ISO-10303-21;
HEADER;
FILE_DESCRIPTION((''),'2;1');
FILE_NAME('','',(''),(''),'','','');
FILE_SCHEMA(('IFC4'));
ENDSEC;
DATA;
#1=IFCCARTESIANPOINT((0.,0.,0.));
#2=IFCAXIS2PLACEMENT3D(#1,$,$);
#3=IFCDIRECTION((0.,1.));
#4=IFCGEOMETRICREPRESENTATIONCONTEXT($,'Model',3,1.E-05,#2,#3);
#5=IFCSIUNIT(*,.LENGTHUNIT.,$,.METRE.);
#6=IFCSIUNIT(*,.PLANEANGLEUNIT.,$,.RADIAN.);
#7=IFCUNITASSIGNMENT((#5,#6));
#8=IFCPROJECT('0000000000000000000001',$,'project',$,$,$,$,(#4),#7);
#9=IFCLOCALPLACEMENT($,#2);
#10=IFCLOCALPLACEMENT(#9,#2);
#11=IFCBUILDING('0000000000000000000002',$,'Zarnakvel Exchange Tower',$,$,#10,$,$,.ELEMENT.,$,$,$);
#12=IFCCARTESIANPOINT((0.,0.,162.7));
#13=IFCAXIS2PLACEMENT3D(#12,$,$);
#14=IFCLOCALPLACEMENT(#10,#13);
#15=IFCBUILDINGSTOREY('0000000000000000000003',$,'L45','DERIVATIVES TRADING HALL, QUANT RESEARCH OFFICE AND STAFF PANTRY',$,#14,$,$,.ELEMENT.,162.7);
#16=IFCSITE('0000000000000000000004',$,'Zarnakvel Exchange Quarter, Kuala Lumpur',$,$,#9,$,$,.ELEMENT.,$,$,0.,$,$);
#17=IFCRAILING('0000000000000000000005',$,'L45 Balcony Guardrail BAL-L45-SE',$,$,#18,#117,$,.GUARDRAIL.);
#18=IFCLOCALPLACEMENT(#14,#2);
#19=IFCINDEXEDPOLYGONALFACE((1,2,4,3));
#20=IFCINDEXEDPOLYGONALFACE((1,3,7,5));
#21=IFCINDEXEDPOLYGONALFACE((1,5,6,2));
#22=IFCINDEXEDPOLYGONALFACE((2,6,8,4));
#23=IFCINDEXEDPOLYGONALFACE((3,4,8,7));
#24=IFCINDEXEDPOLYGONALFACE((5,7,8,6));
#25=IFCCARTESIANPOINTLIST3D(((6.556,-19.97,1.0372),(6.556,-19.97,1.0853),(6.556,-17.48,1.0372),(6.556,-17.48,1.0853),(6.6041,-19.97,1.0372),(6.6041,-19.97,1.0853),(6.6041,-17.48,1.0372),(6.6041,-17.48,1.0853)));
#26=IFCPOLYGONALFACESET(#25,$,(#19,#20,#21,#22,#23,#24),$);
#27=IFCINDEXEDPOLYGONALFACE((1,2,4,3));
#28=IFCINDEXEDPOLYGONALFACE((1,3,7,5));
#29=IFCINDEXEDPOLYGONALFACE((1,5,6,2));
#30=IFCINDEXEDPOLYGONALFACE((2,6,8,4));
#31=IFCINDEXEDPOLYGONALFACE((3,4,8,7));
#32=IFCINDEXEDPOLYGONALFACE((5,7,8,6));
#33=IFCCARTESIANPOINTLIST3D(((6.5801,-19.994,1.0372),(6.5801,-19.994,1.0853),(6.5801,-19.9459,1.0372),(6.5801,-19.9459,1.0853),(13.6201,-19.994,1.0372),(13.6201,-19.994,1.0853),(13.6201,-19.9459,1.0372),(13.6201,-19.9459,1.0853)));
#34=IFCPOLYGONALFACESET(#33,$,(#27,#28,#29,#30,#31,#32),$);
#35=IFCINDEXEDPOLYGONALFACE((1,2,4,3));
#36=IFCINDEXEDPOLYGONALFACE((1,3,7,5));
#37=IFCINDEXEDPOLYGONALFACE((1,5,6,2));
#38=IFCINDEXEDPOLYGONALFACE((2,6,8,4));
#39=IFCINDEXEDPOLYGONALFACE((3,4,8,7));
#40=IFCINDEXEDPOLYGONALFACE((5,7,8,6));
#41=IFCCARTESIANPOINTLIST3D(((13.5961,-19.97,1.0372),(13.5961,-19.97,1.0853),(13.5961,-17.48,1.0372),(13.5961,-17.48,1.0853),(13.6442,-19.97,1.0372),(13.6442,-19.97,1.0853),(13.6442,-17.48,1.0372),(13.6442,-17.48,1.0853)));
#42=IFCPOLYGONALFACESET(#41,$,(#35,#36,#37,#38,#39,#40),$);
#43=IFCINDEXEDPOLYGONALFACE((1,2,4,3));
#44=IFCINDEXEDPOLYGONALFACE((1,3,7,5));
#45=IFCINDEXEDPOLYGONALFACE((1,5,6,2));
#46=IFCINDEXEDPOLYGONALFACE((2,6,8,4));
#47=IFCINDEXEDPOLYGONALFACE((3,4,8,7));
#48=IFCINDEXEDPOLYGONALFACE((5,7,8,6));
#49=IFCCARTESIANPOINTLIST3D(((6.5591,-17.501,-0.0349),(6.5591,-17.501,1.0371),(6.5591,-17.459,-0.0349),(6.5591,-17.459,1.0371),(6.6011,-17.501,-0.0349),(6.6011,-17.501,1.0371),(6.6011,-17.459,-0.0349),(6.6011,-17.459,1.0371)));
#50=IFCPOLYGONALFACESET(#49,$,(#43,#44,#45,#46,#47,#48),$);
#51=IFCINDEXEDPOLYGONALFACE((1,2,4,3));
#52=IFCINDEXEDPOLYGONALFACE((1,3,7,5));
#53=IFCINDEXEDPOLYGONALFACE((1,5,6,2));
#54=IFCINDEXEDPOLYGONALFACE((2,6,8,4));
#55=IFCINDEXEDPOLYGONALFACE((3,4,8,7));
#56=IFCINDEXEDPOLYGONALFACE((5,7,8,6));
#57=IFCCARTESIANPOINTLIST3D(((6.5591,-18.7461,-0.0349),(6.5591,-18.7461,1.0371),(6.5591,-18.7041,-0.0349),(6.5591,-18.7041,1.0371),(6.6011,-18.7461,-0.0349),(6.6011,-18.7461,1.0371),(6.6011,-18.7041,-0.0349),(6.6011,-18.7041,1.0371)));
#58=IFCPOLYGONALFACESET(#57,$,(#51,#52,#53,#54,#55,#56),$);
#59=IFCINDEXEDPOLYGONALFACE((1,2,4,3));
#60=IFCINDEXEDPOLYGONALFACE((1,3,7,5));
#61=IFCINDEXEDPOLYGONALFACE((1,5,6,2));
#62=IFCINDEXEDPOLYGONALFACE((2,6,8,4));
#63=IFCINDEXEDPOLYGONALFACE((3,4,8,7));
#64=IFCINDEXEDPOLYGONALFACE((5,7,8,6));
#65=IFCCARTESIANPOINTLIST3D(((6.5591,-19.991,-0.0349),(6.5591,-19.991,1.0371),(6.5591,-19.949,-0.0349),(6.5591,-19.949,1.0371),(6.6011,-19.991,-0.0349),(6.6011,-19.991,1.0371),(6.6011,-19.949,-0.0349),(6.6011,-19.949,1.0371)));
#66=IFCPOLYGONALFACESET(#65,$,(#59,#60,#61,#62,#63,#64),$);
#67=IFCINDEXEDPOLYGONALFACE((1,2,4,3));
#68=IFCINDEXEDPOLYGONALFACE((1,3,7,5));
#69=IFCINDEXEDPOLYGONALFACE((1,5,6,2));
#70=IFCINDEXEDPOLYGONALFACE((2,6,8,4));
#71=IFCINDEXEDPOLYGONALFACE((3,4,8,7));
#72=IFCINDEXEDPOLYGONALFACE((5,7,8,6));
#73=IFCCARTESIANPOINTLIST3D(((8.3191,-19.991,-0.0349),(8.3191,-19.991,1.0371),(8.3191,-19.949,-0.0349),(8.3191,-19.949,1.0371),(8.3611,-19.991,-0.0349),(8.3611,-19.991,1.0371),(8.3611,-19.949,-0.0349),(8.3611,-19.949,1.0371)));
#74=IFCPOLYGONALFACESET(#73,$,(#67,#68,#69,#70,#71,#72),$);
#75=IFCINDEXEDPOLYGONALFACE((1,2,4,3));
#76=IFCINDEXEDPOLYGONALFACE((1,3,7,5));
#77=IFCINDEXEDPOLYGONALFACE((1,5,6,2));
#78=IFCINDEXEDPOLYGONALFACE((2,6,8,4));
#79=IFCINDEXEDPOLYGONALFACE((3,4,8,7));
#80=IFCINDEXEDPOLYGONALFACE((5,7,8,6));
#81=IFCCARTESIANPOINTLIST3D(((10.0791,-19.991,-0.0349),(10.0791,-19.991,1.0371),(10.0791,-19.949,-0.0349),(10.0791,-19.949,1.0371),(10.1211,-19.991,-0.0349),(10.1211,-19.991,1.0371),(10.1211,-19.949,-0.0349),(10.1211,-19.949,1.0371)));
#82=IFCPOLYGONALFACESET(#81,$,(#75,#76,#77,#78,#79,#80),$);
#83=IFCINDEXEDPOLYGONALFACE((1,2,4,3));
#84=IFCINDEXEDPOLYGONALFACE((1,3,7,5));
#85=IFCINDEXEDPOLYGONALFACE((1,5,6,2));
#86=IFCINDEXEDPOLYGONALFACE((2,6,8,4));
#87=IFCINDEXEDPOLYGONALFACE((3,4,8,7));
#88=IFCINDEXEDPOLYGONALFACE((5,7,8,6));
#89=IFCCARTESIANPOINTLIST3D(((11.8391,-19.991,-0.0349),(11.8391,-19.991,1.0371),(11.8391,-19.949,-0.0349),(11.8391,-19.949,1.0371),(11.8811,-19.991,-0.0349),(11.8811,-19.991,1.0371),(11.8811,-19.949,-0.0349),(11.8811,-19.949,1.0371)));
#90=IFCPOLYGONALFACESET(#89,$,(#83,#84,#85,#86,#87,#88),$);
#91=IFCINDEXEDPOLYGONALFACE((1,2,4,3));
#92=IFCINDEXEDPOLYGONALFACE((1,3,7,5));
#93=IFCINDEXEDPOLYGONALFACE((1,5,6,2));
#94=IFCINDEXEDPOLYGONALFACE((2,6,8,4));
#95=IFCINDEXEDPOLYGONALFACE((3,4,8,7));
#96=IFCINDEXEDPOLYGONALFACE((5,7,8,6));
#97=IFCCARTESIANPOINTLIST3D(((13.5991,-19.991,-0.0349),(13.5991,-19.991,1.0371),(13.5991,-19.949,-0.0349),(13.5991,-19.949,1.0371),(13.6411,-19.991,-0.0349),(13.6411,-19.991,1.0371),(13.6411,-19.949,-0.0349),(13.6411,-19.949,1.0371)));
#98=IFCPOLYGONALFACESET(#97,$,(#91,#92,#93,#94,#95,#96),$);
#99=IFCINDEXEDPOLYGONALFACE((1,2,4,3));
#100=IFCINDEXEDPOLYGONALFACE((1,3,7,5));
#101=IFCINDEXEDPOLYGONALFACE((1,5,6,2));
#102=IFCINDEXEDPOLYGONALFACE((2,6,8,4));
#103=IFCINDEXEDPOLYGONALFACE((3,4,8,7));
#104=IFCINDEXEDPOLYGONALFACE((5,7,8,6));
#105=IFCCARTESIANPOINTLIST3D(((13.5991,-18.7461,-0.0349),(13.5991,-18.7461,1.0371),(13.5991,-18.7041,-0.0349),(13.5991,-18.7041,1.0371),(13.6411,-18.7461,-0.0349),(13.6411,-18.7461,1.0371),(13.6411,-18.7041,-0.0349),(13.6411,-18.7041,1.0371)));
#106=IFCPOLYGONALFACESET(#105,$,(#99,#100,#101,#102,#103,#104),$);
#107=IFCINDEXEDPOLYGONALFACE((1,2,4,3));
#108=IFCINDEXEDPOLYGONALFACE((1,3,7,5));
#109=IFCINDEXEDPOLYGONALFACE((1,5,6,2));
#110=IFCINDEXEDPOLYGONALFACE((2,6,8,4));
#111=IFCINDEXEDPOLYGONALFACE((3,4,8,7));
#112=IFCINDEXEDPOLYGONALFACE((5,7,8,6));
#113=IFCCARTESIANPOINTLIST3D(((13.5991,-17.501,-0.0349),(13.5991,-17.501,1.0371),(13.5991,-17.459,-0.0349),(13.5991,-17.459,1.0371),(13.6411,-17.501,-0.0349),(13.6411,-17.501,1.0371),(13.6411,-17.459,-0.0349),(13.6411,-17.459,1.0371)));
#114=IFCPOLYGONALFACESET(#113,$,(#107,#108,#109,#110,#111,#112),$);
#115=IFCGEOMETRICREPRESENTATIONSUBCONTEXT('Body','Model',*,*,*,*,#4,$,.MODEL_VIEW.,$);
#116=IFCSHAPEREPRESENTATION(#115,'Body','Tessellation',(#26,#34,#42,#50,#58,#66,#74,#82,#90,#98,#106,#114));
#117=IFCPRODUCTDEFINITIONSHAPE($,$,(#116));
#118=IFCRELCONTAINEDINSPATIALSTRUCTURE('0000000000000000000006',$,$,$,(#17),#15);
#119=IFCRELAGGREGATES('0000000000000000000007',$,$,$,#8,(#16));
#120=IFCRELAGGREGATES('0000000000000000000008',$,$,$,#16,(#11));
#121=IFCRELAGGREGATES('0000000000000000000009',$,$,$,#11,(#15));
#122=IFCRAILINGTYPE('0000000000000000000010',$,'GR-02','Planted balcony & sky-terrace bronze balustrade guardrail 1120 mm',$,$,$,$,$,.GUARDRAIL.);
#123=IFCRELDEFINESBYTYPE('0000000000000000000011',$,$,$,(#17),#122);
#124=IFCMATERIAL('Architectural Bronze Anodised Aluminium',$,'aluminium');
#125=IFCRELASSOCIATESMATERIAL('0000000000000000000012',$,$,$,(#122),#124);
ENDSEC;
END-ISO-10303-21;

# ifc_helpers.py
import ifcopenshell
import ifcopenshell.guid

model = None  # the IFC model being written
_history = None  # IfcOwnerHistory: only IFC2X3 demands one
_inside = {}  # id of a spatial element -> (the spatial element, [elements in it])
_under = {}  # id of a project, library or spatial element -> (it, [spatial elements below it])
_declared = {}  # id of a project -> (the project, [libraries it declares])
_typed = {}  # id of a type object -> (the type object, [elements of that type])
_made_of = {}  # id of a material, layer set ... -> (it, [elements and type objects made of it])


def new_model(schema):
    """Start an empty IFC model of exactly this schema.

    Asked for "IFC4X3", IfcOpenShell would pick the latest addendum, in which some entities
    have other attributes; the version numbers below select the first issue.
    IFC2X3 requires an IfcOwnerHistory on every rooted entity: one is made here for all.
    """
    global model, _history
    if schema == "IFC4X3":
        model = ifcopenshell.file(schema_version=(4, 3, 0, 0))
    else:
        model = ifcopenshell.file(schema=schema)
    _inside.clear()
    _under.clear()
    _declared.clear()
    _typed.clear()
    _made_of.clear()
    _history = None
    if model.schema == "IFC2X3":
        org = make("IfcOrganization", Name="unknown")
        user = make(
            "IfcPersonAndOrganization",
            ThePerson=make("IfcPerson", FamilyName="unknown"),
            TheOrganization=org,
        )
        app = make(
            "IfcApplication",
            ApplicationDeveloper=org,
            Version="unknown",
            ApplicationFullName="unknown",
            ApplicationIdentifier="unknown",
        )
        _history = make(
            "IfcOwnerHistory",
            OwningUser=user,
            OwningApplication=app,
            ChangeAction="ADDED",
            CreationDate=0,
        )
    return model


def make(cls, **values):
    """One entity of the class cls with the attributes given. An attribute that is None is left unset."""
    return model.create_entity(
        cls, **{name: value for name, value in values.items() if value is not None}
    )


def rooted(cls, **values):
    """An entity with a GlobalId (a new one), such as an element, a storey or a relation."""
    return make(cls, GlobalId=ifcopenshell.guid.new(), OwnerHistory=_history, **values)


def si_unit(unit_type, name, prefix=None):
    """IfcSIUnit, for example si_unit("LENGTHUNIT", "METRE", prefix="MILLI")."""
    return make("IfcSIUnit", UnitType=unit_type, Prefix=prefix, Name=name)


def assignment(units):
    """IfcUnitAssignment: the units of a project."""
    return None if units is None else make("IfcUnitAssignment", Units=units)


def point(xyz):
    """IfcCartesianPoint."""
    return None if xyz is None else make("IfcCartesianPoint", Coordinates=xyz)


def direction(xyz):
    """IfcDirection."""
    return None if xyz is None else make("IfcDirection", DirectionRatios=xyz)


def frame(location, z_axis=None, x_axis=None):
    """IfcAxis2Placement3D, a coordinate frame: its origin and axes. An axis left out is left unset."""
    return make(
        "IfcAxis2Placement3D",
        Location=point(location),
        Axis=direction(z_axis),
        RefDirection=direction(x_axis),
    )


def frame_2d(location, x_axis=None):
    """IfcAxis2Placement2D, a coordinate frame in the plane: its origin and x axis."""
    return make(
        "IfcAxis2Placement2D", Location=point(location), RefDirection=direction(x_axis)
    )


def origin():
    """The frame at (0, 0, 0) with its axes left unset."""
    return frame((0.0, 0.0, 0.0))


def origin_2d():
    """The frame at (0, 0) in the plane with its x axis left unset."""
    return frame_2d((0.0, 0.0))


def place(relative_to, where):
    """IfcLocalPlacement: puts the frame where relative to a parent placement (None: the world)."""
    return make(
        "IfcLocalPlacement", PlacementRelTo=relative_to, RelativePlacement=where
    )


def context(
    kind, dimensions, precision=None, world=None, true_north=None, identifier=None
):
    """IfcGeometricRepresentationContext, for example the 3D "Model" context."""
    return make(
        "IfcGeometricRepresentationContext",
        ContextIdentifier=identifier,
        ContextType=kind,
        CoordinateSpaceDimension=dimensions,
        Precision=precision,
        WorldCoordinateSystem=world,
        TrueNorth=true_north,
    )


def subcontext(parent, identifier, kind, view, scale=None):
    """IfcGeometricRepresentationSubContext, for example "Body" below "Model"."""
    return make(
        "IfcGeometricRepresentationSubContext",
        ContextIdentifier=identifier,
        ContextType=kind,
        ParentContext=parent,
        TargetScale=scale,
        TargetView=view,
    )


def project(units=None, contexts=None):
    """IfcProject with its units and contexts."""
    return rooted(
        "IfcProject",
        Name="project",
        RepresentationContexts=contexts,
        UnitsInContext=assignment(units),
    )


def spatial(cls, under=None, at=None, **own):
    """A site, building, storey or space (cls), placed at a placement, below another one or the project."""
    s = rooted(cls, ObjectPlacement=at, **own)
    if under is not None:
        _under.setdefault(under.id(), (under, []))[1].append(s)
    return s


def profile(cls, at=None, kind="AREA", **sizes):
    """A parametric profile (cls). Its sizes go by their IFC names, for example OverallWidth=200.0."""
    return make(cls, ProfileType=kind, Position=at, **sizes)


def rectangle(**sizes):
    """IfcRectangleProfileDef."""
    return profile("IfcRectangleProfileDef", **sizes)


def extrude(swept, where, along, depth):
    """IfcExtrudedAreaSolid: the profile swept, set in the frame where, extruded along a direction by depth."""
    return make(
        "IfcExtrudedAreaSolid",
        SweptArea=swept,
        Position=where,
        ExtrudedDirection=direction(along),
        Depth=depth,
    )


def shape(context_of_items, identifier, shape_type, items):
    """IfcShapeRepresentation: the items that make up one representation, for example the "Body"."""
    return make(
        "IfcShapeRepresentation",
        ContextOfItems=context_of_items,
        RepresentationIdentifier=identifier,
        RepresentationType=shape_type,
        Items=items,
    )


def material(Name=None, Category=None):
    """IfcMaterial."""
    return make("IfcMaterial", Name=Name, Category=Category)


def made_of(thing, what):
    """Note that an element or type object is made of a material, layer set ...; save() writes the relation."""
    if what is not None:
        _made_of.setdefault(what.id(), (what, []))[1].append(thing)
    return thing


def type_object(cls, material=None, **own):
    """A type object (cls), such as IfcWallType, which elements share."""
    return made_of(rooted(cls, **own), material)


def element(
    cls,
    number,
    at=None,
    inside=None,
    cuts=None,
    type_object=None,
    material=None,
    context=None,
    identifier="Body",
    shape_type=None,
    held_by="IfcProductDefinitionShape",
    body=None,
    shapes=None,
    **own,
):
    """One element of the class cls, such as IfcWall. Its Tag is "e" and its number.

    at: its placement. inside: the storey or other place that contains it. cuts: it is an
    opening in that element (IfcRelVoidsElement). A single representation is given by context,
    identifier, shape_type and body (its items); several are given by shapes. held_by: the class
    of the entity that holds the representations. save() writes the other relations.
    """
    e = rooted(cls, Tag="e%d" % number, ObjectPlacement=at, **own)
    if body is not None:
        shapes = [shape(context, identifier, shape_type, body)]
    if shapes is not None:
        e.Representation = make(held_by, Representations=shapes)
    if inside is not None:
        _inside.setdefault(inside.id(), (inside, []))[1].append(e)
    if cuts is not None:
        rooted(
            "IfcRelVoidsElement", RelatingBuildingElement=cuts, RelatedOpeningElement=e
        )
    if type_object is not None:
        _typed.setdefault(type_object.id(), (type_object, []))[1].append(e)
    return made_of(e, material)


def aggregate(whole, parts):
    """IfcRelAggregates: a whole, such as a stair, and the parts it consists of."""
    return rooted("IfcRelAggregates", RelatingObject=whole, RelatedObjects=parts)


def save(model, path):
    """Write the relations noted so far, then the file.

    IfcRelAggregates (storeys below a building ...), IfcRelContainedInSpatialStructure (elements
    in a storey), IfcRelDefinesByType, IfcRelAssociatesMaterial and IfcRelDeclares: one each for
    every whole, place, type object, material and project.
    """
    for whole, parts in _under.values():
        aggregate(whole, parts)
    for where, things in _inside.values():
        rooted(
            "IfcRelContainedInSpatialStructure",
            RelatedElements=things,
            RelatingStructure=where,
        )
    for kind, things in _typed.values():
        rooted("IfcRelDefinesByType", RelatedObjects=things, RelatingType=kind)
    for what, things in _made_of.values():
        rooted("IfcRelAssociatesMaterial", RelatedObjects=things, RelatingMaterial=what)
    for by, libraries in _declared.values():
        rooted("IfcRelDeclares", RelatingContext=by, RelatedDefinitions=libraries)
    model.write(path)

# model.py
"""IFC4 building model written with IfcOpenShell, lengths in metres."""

from ifc_helpers import new_model, si_unit, direction, frame, origin, origin_2d, place, context, subcontext, project, spatial, rectangle, extrude, material, type_object, element, save


model = new_model("IFC4")

# Units and contexts
model_context = context("Model", 3, precision=1e-05, world=origin(), true_north=direction((0.0, 1.0)))
body_context = subcontext(model_context, "Body", "Model", "MODEL_VIEW")
ifc_project = project(units=[si_unit("LENGTHUNIT", "METRE"), si_unit("PLANEANGLEUNIT", "RADIAN")], contexts=[model_context])

# Site, building, storey
site_placement = place(None, origin())
site = spatial("IfcSite", under=ifc_project, at=site_placement, Name="Zarnakvel Exchange Quarter, Kuala Lumpur", CompositionType="ELEMENT", RefElevation=0.0)
building_placement = place(site_placement, origin())
building = spatial("IfcBuilding", under=site, at=building_placement, Name="Zarnakvel Exchange Tower", CompositionType="ELEMENT")
storey_placement = place(building_placement, frame((0.0, 0.0, 162.7)))
storey = spatial("IfcBuildingStorey", under=building, at=storey_placement, Name="L45", Description="DERIVATIVES TRADING HALL, QUANT RESEARCH OFFICE AND STAFF PANTRY", CompositionType="ELEMENT", Elevation=162.7)

# Shared definitions
ifc_material_1 = material(Name="Architectural Bronze Anodised Aluminium", Category="aluminium")

# Railing
railing_type = type_object("IfcRailingType", Name="GR-02", Description="Planted balcony & sky-terrace bronze balustrade guardrail 1120 mm", PredefinedType="GUARDRAIL", material=ifc_material_1)
railing_placement = place(storey_placement, frame((6.5801, -17.48, -0.0349)))
element("IfcRailing", 1, at=railing_placement, inside=storey, type_object=railing_type, Name="L45 Balcony Guardrail BAL-L45-SE", PredefinedType="GUARDRAIL", context=body_context, shape_type="SweptSolid", body=[
    extrude(rectangle(XDim=0.0481, YDim=0.0481, at=origin_2d()), frame((0.0, 0.0, 1.0962), z_axis=(0.0, -1.0, 0.0), x_axis=(1.0, 0.0, 0.0)), (0.0, 0.0, 1.0), 2.49),
    extrude(rectangle(XDim=0.0481, YDim=0.0481, at=origin_2d()), frame((0.0, -2.49, 1.0962), z_axis=(1.0, 0.0, 0.0), x_axis=(0.0, 1.0, 0.0)), (0.0, 0.0, 1.0), 7.04),
    extrude(rectangle(XDim=0.0481, YDim=0.0481, at=origin_2d()), frame((7.04, -2.49, 1.0962), z_axis=(0.0, 1.0, 0.0), x_axis=(-1.0, 0.0, 0.0)), (0.0, 0.0, 1.0), 2.49),
    extrude(rectangle(XDim=0.042, YDim=0.042, at=origin_2d()), origin(), (0.0, 0.0, 1.0), 1.072),
    extrude(rectangle(XDim=0.042, YDim=0.042, at=origin_2d()), frame((0.0, -1.2451, 0.0)), (0.0, 0.0, 1.0), 1.072),
    extrude(rectangle(XDim=0.042, YDim=0.042, at=origin_2d()), frame((0.0, -2.49, 0.0)), (0.0, 0.0, 1.0), 1.072),
    extrude(rectangle(XDim=0.042, YDim=0.042, at=origin_2d()), frame((1.76, -2.49, 0.0)), (0.0, 0.0, 1.0), 1.072),
    extrude(rectangle(XDim=0.042, YDim=0.042, at=origin_2d()), frame((3.52, -2.49, 0.0)), (0.0, 0.0, 1.0), 1.072),
    extrude(rectangle(XDim=0.042, YDim=0.042, at=origin_2d()), frame((5.28, -2.49, 0.0)), (0.0, 0.0, 1.0), 1.072),
    extrude(rectangle(XDim=0.042, YDim=0.042, at=origin_2d()), frame((7.04, -2.49, 0.0)), (0.0, 0.0, 1.0), 1.072),
    extrude(rectangle(XDim=0.042, YDim=0.042, at=origin_2d()), frame((7.04, -1.2451, 0.0)), (0.0, 0.0, 1.0), 1.072),
    extrude(rectangle(XDim=0.042, YDim=0.042, at=origin_2d()), frame((7.04, 0.0, 0.0)), (0.0, 0.0, 1.0), 1.072),
])

save(model, "model.ifc")
